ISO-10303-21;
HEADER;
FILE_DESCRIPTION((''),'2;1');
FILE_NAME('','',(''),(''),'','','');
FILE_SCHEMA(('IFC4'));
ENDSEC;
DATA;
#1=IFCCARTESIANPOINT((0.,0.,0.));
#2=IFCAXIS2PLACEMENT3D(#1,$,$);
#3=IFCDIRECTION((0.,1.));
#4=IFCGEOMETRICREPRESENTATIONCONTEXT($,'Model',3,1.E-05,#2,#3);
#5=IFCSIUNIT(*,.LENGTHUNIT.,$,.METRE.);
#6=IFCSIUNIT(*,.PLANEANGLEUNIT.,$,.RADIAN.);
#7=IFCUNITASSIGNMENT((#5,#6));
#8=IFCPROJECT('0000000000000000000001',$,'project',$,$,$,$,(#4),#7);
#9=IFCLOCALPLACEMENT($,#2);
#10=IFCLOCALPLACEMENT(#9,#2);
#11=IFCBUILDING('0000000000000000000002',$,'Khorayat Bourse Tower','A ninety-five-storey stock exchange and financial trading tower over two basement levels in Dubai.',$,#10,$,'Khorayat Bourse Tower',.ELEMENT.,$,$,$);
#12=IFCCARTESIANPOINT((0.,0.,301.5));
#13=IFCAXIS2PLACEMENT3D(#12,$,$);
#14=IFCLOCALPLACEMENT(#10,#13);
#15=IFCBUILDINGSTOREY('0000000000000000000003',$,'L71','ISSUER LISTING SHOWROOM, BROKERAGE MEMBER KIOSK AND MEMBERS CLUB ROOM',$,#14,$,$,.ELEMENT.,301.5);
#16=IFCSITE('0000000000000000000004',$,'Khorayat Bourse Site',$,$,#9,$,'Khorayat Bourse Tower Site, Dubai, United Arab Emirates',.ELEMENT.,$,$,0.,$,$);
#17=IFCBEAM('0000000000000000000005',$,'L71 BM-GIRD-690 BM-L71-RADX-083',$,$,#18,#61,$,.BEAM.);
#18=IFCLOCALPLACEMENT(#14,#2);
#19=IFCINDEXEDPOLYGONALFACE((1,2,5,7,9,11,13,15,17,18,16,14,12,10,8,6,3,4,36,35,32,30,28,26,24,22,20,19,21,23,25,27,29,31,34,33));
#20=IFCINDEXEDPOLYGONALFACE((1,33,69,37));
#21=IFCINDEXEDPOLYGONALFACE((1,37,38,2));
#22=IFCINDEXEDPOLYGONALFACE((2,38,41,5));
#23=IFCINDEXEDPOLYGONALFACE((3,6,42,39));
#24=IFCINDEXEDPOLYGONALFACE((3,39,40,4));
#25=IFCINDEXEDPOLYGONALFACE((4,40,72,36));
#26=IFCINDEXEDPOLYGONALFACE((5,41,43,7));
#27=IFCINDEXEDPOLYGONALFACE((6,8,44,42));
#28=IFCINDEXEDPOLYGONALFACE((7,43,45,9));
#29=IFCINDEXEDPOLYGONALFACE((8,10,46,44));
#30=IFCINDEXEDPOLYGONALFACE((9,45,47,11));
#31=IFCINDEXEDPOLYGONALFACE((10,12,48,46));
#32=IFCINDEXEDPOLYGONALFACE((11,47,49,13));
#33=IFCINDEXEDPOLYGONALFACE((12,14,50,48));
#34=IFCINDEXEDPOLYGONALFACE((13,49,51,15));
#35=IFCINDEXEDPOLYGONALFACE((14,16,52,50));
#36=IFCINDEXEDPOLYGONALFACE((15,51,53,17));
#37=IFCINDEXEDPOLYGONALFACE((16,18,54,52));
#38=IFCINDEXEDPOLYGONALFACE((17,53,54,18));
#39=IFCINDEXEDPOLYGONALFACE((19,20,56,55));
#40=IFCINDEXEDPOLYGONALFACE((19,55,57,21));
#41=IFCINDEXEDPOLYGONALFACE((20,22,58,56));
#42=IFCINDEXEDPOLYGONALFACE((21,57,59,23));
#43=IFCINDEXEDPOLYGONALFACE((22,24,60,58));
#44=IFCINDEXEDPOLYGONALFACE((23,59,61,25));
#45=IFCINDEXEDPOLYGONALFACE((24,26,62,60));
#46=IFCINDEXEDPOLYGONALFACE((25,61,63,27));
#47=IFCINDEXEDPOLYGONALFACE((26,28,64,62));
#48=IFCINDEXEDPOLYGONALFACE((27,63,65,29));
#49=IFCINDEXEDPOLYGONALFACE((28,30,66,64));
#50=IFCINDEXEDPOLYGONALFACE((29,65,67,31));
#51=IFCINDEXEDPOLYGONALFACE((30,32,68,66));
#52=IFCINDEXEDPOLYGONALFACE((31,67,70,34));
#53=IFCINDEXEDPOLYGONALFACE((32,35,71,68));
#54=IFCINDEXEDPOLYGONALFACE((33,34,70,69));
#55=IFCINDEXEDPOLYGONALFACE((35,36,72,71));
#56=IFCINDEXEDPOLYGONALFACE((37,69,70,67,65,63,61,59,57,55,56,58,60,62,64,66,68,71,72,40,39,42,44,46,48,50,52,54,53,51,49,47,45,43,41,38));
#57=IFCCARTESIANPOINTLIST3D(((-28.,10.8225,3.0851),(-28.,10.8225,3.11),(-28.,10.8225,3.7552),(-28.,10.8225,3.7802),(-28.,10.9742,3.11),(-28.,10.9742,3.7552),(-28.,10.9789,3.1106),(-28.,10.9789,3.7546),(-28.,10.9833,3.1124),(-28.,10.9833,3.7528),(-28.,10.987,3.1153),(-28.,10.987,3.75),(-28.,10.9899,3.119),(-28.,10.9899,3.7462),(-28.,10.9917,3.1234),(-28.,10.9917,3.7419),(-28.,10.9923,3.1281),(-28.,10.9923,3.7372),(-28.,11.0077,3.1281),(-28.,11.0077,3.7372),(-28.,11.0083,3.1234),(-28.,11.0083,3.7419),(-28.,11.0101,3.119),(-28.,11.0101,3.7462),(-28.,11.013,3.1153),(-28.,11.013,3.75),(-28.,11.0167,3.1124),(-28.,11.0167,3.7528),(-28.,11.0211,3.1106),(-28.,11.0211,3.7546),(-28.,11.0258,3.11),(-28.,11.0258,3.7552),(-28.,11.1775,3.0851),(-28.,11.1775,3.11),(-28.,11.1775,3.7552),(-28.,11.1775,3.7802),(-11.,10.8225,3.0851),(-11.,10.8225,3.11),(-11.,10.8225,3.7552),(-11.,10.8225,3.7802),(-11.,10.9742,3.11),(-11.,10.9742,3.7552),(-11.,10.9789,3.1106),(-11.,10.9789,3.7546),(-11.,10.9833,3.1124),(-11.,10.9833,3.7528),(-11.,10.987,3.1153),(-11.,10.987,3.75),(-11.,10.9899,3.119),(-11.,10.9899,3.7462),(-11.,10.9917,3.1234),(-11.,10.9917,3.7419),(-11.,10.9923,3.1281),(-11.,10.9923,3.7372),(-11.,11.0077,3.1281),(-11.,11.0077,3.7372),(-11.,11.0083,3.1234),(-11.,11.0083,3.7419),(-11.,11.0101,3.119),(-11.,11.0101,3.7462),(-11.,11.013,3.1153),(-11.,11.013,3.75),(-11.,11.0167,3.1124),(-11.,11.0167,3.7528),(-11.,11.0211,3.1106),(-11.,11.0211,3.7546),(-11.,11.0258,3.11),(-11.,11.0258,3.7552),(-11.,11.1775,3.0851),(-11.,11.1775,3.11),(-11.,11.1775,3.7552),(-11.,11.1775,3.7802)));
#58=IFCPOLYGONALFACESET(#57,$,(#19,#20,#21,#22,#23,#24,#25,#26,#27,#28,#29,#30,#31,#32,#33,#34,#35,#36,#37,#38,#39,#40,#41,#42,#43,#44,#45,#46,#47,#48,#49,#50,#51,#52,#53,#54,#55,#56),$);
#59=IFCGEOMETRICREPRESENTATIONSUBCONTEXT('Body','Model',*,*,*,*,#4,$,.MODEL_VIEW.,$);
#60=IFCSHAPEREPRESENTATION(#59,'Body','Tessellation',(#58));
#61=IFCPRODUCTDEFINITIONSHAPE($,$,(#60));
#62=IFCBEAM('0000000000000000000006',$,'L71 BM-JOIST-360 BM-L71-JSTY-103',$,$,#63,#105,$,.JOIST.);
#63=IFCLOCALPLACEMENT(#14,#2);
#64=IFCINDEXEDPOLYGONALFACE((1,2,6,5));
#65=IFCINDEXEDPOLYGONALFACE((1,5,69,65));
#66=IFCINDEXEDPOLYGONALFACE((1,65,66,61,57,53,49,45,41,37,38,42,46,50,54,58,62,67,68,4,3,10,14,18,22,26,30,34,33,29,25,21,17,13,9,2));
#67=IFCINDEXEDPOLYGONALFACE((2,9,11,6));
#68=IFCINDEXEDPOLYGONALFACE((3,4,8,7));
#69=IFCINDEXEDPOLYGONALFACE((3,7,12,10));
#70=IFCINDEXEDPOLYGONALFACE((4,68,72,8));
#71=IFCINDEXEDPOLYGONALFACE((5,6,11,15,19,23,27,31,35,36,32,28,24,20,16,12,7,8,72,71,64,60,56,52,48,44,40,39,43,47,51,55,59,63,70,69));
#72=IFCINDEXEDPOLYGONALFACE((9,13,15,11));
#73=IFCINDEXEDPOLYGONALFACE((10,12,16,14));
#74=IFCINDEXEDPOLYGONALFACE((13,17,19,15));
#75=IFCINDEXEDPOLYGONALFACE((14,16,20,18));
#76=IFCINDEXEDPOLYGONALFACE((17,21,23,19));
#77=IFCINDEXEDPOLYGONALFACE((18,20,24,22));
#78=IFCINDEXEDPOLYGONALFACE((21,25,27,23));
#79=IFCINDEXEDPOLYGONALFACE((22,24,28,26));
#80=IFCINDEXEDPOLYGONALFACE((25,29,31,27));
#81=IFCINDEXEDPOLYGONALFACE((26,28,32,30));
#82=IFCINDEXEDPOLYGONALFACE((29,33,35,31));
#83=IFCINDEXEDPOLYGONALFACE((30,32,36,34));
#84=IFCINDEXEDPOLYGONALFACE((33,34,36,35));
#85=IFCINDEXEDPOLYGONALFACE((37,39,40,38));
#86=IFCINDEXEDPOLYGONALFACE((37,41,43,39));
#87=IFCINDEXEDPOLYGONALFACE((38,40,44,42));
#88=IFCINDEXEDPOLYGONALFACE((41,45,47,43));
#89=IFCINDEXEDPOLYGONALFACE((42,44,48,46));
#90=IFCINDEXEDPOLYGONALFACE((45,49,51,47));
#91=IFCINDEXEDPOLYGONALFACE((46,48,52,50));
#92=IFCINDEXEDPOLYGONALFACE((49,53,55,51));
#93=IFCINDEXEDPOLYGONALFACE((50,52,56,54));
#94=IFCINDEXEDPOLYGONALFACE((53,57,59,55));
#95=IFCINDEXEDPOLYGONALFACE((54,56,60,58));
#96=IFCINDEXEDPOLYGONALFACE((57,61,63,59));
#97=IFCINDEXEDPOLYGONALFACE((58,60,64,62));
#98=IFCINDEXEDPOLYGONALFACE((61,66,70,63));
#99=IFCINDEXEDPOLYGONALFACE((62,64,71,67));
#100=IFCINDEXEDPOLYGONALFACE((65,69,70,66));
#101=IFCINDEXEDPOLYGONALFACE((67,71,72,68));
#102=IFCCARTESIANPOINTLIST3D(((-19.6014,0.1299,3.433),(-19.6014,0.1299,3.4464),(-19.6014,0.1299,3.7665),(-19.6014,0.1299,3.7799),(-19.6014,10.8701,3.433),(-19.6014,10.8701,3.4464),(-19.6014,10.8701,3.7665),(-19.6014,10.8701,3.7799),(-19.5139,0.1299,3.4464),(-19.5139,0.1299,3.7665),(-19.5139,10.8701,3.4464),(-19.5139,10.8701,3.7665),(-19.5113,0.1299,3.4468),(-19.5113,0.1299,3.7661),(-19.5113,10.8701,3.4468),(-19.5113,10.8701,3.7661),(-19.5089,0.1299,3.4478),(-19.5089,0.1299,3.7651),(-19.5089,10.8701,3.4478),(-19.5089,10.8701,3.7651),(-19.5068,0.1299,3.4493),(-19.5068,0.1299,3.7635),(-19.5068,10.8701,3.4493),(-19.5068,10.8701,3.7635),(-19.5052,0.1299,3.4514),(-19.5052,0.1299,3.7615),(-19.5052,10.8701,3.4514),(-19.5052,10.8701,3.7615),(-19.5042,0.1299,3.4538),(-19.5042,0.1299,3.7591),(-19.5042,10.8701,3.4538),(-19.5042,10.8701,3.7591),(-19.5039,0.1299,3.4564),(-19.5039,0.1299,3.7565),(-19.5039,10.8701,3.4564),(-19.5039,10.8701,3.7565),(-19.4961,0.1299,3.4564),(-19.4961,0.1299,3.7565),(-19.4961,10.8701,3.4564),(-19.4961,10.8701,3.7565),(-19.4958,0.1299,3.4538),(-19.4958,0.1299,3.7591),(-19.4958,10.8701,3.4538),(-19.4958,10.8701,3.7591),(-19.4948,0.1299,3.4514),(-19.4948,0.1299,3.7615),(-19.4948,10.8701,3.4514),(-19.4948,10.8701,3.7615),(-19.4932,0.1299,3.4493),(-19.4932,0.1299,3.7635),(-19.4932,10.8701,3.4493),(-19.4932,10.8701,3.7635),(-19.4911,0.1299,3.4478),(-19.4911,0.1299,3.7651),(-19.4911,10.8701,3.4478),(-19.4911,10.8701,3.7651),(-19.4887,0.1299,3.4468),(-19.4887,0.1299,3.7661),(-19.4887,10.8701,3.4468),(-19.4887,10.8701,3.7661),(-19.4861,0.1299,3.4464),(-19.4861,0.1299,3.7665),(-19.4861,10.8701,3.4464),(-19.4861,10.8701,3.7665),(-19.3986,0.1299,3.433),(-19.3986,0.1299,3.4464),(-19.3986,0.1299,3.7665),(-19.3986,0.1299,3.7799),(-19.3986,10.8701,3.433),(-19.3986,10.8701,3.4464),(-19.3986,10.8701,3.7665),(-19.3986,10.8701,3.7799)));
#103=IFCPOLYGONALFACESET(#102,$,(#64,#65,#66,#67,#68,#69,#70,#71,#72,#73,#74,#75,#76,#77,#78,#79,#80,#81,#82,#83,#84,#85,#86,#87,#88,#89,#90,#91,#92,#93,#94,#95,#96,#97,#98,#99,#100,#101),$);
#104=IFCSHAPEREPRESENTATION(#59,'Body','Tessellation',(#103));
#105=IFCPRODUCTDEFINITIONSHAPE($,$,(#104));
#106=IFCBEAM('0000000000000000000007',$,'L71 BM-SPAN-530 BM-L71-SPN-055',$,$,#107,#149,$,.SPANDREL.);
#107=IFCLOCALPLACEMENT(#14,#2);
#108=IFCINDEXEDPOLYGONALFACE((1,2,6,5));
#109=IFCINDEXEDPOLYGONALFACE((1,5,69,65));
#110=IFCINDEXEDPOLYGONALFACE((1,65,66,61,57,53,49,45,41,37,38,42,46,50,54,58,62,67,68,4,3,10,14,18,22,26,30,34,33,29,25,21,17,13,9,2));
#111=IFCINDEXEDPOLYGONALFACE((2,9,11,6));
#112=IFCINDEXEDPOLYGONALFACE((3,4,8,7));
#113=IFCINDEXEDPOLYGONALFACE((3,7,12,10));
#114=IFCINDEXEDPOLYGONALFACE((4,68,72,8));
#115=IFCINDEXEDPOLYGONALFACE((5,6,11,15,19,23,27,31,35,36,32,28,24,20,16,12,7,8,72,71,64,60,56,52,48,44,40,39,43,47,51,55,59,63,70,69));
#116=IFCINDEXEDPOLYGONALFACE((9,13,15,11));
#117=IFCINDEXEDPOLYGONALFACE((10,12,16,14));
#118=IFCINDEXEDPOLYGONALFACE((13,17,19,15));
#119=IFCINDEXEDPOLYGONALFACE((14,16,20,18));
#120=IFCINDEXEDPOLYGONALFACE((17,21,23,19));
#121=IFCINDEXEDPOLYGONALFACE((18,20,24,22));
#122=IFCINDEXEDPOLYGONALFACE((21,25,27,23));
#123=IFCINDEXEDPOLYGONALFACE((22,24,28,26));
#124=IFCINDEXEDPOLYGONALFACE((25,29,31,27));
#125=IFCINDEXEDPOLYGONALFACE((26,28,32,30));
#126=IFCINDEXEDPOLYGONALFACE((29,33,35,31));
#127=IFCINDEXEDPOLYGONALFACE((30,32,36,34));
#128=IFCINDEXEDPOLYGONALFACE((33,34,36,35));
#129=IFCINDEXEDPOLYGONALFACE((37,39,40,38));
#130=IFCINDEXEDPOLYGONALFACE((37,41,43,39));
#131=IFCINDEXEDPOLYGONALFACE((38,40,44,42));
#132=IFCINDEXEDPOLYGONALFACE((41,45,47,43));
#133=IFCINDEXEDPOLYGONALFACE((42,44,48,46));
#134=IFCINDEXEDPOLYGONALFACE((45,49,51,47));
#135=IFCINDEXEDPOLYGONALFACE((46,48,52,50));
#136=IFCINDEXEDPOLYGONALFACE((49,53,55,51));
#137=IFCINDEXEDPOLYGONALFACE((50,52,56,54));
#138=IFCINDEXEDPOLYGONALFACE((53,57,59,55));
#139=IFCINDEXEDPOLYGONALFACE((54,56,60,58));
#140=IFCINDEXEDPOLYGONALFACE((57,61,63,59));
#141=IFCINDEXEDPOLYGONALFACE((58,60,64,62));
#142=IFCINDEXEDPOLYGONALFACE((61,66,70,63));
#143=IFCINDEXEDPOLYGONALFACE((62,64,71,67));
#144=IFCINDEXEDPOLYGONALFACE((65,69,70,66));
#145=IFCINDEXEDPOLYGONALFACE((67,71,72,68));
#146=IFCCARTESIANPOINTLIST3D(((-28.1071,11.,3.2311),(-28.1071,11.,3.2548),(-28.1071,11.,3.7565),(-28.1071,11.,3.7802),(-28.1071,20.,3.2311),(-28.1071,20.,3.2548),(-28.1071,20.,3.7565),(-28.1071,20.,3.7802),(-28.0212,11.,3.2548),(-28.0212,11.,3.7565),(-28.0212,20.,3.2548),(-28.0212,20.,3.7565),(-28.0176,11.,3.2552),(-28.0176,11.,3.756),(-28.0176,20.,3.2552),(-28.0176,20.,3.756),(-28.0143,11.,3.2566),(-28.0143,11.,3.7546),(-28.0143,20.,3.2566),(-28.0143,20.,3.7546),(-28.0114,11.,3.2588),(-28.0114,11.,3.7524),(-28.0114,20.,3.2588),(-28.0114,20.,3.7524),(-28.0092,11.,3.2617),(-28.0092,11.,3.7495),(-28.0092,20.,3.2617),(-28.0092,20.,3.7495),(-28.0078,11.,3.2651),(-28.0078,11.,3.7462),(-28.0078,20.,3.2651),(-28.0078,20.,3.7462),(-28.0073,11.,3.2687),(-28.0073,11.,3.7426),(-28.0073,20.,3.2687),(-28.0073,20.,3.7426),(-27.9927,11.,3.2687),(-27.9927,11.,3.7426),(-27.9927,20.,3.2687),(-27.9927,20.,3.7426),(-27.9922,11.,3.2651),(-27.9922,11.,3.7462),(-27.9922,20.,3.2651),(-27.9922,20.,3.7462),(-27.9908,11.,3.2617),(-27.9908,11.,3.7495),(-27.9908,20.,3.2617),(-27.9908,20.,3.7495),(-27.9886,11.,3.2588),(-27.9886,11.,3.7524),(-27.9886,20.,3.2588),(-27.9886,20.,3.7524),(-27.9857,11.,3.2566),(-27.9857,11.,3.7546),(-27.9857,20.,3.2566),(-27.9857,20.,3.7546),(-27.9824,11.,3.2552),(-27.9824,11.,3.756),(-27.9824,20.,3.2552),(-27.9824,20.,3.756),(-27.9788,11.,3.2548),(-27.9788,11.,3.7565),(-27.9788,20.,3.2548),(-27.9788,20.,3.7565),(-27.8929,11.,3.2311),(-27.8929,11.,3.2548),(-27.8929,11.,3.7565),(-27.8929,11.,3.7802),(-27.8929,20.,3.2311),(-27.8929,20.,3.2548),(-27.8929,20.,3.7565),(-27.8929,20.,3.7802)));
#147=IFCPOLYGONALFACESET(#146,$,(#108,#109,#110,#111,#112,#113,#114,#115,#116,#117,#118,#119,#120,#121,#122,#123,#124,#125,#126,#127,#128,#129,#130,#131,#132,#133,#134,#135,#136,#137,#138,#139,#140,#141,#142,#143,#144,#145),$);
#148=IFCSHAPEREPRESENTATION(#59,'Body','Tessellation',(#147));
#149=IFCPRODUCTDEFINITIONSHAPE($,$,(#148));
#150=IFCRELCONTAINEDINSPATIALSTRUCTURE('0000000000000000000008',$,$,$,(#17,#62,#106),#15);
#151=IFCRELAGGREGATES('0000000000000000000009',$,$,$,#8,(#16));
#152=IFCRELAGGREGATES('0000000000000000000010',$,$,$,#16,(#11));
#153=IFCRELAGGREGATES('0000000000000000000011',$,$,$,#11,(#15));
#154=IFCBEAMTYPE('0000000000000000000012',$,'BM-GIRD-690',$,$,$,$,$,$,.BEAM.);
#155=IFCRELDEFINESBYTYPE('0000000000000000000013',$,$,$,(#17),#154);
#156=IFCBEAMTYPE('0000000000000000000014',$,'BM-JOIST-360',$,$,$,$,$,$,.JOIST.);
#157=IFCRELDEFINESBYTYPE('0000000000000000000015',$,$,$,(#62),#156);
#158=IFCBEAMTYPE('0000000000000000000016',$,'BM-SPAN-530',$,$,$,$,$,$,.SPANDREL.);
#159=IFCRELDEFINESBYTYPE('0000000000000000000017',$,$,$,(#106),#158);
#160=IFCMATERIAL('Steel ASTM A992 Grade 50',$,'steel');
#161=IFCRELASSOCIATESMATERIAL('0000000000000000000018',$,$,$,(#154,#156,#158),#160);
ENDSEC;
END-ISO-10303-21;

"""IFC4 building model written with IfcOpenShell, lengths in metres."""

from ifc_helpers import new_model, si_unit, direction, frame, origin, origin_2d, place, context, subcontext, project, spatial, i_section, extrude, source, transform, mapped, material, material_profile, profile_set, type_object, element, save


model = new_model("IFC4")

# Units and contexts
model_context = context("Model", 3, precision=1e-05, world=origin(), true_north=direction((0.0, 1.0)))
body_context = subcontext(model_context, "Body", "Model", "MODEL_VIEW")
ifc_project = project(units=[si_unit("LENGTHUNIT", "METRE"), si_unit("PLANEANGLEUNIT", "RADIAN")], contexts=[model_context])

# Site, building, storey
site_placement = place(None, origin())
site = spatial("IfcSite", under=ifc_project, at=site_placement, Name="Khorayat Bourse Site", LongName="Khorayat Bourse Tower Site, Dubai, United Arab Emirates", CompositionType="ELEMENT", RefElevation=0.0)
building_placement = place(site_placement, origin())
building = spatial("IfcBuilding", under=site, at=building_placement, Name="Khorayat Bourse Tower", Description="A ninety-five-storey stock exchange and financial trading tower over two basement levels in Dubai.", LongName="Khorayat Bourse Tower", CompositionType="ELEMENT")
storey_placement = place(building_placement, frame((0.0, 0.0, 301.5)))
storey = spatial("IfcBuildingStorey", under=building, at=storey_placement, Name="L71", Description="ISSUER LISTING SHOWROOM, BROKERAGE MEMBER KIOSK AND MEMBERS CLUB ROOM", CompositionType="ELEMENT", Elevation=301.5)

# Beams
ifc_material_1 = material(Name="Steel ASTM A992 Grade 50", Category="steel")
ifc_material_profile_1 = material_profile(ifc_material_1, i_section(OverallWidth=0.355, OverallDepth=0.6951, WebThickness=0.0154, FlangeThickness=0.0249, FilletRadius=0.0181, at=origin_2d()), Name="W690X217")
ifc_profile_set_1 = profile_set([ifc_material_profile_1], Name="Steel ASTM A992 Grade 50")
beam_type_1 = type_object("IfcBeamType", Name="BM-GIRD-690", PredefinedType="BEAM", material=ifc_profile_set_1)
shared_shape_1 = source(origin(), body_context, "Body", "SweptSolid", [
    extrude(i_section(OverallWidth=0.355, OverallDepth=0.6951, WebThickness=0.0154, FlangeThickness=0.0249, FilletRadius=0.0181, at=origin_2d()), origin(), (0.0, 0.0, 1.0), 17.0),
])
for number, where, z_axis, x_axis, name in (
    (1, (-28.0, 11.0, 3.4326), (1.0, 0.0, 0.0), (0.0, 1.0, 0.0), "L71 BM-GIRD-690 BM-L71-RADX-083"),
):
    element("IfcBeam", number, at=place(storey_placement, frame(where, z_axis=z_axis, x_axis=x_axis)), inside=storey, type_object=beam_type_1, Name=name, PredefinedType="BEAM", context=body_context, shape_type="MappedRepresentation", body=[
        mapped(shared_shape_1, transform((0.0, 0.0, 0.0), scale=1.0)),
    ])
ifc_material_profile_2 = material_profile(ifc_material_1, i_section(OverallWidth=0.2029, OverallDepth=0.3469, WebThickness=0.0078, FlangeThickness=0.0134, FilletRadius=0.01, at=origin_2d()), Name="W360X64")
ifc_profile_set_2 = profile_set([ifc_material_profile_2], Name="Steel ASTM A992 Grade 50")
beam_type_2 = type_object("IfcBeamType", Name="BM-JOIST-360", PredefinedType="JOIST", material=ifc_profile_set_2)
shared_shape_2 = source(origin(), body_context, "Body", "SweptSolid", [
    extrude(i_section(OverallWidth=0.2029, OverallDepth=0.3469, WebThickness=0.0078, FlangeThickness=0.0134, FilletRadius=0.01, at=origin_2d()), origin(), (0.0, 0.0, 1.0), 10.7402),
])
beam_1_placement = place(storey_placement, frame((-19.5, 0.1299, 3.6064), z_axis=(0.0, 1.0, 0.0), x_axis=(-1.0, 0.0, 0.0)))
element("IfcBeam", 2, at=beam_1_placement, inside=storey, type_object=beam_type_2, Name="L71 BM-JOIST-360 BM-L71-JSTY-103", PredefinedType="JOIST", context=body_context, shape_type="MappedRepresentation", body=[
    mapped(shared_shape_2, transform((0.0, 0.0, 0.0), scale=1.0)),
])
ifc_material_profile_3 = material_profile(ifc_material_1, i_section(OverallWidth=0.2141, OverallDepth=0.5491, WebThickness=0.0146, FlangeThickness=0.0237, FilletRadius=0.0139, at=origin_2d()), Name="W530X138")
ifc_profile_set_3 = profile_set([ifc_material_profile_3], Name="Steel ASTM A992 Grade 50")
beam_type_3 = type_object("IfcBeamType", Name="BM-SPAN-530", PredefinedType="SPANDREL", material=ifc_profile_set_3)
shared_shape_3 = source(origin(), body_context, "Body", "SweptSolid", [
    extrude(i_section(OverallWidth=0.2141, OverallDepth=0.5491, WebThickness=0.0146, FlangeThickness=0.0237, FilletRadius=0.0139, at=origin_2d()), origin(), (0.0, 0.0, 1.0), 9.0),
])
beam_2_placement = place(storey_placement, frame((-28.0, 11.0, 3.5056), z_axis=(0.0, 1.0, 0.0), x_axis=(-1.0, 0.0, 0.0)))
element("IfcBeam", 3, at=beam_2_placement, inside=storey, type_object=beam_type_3, Name="L71 BM-SPAN-530 BM-L71-SPN-055", PredefinedType="SPANDREL", context=body_context, shape_type="MappedRepresentation", body=[
    mapped(shared_shape_3, transform((0.0, 0.0, 0.0), scale=1.0)),
])

save(model, "model.ifc")
